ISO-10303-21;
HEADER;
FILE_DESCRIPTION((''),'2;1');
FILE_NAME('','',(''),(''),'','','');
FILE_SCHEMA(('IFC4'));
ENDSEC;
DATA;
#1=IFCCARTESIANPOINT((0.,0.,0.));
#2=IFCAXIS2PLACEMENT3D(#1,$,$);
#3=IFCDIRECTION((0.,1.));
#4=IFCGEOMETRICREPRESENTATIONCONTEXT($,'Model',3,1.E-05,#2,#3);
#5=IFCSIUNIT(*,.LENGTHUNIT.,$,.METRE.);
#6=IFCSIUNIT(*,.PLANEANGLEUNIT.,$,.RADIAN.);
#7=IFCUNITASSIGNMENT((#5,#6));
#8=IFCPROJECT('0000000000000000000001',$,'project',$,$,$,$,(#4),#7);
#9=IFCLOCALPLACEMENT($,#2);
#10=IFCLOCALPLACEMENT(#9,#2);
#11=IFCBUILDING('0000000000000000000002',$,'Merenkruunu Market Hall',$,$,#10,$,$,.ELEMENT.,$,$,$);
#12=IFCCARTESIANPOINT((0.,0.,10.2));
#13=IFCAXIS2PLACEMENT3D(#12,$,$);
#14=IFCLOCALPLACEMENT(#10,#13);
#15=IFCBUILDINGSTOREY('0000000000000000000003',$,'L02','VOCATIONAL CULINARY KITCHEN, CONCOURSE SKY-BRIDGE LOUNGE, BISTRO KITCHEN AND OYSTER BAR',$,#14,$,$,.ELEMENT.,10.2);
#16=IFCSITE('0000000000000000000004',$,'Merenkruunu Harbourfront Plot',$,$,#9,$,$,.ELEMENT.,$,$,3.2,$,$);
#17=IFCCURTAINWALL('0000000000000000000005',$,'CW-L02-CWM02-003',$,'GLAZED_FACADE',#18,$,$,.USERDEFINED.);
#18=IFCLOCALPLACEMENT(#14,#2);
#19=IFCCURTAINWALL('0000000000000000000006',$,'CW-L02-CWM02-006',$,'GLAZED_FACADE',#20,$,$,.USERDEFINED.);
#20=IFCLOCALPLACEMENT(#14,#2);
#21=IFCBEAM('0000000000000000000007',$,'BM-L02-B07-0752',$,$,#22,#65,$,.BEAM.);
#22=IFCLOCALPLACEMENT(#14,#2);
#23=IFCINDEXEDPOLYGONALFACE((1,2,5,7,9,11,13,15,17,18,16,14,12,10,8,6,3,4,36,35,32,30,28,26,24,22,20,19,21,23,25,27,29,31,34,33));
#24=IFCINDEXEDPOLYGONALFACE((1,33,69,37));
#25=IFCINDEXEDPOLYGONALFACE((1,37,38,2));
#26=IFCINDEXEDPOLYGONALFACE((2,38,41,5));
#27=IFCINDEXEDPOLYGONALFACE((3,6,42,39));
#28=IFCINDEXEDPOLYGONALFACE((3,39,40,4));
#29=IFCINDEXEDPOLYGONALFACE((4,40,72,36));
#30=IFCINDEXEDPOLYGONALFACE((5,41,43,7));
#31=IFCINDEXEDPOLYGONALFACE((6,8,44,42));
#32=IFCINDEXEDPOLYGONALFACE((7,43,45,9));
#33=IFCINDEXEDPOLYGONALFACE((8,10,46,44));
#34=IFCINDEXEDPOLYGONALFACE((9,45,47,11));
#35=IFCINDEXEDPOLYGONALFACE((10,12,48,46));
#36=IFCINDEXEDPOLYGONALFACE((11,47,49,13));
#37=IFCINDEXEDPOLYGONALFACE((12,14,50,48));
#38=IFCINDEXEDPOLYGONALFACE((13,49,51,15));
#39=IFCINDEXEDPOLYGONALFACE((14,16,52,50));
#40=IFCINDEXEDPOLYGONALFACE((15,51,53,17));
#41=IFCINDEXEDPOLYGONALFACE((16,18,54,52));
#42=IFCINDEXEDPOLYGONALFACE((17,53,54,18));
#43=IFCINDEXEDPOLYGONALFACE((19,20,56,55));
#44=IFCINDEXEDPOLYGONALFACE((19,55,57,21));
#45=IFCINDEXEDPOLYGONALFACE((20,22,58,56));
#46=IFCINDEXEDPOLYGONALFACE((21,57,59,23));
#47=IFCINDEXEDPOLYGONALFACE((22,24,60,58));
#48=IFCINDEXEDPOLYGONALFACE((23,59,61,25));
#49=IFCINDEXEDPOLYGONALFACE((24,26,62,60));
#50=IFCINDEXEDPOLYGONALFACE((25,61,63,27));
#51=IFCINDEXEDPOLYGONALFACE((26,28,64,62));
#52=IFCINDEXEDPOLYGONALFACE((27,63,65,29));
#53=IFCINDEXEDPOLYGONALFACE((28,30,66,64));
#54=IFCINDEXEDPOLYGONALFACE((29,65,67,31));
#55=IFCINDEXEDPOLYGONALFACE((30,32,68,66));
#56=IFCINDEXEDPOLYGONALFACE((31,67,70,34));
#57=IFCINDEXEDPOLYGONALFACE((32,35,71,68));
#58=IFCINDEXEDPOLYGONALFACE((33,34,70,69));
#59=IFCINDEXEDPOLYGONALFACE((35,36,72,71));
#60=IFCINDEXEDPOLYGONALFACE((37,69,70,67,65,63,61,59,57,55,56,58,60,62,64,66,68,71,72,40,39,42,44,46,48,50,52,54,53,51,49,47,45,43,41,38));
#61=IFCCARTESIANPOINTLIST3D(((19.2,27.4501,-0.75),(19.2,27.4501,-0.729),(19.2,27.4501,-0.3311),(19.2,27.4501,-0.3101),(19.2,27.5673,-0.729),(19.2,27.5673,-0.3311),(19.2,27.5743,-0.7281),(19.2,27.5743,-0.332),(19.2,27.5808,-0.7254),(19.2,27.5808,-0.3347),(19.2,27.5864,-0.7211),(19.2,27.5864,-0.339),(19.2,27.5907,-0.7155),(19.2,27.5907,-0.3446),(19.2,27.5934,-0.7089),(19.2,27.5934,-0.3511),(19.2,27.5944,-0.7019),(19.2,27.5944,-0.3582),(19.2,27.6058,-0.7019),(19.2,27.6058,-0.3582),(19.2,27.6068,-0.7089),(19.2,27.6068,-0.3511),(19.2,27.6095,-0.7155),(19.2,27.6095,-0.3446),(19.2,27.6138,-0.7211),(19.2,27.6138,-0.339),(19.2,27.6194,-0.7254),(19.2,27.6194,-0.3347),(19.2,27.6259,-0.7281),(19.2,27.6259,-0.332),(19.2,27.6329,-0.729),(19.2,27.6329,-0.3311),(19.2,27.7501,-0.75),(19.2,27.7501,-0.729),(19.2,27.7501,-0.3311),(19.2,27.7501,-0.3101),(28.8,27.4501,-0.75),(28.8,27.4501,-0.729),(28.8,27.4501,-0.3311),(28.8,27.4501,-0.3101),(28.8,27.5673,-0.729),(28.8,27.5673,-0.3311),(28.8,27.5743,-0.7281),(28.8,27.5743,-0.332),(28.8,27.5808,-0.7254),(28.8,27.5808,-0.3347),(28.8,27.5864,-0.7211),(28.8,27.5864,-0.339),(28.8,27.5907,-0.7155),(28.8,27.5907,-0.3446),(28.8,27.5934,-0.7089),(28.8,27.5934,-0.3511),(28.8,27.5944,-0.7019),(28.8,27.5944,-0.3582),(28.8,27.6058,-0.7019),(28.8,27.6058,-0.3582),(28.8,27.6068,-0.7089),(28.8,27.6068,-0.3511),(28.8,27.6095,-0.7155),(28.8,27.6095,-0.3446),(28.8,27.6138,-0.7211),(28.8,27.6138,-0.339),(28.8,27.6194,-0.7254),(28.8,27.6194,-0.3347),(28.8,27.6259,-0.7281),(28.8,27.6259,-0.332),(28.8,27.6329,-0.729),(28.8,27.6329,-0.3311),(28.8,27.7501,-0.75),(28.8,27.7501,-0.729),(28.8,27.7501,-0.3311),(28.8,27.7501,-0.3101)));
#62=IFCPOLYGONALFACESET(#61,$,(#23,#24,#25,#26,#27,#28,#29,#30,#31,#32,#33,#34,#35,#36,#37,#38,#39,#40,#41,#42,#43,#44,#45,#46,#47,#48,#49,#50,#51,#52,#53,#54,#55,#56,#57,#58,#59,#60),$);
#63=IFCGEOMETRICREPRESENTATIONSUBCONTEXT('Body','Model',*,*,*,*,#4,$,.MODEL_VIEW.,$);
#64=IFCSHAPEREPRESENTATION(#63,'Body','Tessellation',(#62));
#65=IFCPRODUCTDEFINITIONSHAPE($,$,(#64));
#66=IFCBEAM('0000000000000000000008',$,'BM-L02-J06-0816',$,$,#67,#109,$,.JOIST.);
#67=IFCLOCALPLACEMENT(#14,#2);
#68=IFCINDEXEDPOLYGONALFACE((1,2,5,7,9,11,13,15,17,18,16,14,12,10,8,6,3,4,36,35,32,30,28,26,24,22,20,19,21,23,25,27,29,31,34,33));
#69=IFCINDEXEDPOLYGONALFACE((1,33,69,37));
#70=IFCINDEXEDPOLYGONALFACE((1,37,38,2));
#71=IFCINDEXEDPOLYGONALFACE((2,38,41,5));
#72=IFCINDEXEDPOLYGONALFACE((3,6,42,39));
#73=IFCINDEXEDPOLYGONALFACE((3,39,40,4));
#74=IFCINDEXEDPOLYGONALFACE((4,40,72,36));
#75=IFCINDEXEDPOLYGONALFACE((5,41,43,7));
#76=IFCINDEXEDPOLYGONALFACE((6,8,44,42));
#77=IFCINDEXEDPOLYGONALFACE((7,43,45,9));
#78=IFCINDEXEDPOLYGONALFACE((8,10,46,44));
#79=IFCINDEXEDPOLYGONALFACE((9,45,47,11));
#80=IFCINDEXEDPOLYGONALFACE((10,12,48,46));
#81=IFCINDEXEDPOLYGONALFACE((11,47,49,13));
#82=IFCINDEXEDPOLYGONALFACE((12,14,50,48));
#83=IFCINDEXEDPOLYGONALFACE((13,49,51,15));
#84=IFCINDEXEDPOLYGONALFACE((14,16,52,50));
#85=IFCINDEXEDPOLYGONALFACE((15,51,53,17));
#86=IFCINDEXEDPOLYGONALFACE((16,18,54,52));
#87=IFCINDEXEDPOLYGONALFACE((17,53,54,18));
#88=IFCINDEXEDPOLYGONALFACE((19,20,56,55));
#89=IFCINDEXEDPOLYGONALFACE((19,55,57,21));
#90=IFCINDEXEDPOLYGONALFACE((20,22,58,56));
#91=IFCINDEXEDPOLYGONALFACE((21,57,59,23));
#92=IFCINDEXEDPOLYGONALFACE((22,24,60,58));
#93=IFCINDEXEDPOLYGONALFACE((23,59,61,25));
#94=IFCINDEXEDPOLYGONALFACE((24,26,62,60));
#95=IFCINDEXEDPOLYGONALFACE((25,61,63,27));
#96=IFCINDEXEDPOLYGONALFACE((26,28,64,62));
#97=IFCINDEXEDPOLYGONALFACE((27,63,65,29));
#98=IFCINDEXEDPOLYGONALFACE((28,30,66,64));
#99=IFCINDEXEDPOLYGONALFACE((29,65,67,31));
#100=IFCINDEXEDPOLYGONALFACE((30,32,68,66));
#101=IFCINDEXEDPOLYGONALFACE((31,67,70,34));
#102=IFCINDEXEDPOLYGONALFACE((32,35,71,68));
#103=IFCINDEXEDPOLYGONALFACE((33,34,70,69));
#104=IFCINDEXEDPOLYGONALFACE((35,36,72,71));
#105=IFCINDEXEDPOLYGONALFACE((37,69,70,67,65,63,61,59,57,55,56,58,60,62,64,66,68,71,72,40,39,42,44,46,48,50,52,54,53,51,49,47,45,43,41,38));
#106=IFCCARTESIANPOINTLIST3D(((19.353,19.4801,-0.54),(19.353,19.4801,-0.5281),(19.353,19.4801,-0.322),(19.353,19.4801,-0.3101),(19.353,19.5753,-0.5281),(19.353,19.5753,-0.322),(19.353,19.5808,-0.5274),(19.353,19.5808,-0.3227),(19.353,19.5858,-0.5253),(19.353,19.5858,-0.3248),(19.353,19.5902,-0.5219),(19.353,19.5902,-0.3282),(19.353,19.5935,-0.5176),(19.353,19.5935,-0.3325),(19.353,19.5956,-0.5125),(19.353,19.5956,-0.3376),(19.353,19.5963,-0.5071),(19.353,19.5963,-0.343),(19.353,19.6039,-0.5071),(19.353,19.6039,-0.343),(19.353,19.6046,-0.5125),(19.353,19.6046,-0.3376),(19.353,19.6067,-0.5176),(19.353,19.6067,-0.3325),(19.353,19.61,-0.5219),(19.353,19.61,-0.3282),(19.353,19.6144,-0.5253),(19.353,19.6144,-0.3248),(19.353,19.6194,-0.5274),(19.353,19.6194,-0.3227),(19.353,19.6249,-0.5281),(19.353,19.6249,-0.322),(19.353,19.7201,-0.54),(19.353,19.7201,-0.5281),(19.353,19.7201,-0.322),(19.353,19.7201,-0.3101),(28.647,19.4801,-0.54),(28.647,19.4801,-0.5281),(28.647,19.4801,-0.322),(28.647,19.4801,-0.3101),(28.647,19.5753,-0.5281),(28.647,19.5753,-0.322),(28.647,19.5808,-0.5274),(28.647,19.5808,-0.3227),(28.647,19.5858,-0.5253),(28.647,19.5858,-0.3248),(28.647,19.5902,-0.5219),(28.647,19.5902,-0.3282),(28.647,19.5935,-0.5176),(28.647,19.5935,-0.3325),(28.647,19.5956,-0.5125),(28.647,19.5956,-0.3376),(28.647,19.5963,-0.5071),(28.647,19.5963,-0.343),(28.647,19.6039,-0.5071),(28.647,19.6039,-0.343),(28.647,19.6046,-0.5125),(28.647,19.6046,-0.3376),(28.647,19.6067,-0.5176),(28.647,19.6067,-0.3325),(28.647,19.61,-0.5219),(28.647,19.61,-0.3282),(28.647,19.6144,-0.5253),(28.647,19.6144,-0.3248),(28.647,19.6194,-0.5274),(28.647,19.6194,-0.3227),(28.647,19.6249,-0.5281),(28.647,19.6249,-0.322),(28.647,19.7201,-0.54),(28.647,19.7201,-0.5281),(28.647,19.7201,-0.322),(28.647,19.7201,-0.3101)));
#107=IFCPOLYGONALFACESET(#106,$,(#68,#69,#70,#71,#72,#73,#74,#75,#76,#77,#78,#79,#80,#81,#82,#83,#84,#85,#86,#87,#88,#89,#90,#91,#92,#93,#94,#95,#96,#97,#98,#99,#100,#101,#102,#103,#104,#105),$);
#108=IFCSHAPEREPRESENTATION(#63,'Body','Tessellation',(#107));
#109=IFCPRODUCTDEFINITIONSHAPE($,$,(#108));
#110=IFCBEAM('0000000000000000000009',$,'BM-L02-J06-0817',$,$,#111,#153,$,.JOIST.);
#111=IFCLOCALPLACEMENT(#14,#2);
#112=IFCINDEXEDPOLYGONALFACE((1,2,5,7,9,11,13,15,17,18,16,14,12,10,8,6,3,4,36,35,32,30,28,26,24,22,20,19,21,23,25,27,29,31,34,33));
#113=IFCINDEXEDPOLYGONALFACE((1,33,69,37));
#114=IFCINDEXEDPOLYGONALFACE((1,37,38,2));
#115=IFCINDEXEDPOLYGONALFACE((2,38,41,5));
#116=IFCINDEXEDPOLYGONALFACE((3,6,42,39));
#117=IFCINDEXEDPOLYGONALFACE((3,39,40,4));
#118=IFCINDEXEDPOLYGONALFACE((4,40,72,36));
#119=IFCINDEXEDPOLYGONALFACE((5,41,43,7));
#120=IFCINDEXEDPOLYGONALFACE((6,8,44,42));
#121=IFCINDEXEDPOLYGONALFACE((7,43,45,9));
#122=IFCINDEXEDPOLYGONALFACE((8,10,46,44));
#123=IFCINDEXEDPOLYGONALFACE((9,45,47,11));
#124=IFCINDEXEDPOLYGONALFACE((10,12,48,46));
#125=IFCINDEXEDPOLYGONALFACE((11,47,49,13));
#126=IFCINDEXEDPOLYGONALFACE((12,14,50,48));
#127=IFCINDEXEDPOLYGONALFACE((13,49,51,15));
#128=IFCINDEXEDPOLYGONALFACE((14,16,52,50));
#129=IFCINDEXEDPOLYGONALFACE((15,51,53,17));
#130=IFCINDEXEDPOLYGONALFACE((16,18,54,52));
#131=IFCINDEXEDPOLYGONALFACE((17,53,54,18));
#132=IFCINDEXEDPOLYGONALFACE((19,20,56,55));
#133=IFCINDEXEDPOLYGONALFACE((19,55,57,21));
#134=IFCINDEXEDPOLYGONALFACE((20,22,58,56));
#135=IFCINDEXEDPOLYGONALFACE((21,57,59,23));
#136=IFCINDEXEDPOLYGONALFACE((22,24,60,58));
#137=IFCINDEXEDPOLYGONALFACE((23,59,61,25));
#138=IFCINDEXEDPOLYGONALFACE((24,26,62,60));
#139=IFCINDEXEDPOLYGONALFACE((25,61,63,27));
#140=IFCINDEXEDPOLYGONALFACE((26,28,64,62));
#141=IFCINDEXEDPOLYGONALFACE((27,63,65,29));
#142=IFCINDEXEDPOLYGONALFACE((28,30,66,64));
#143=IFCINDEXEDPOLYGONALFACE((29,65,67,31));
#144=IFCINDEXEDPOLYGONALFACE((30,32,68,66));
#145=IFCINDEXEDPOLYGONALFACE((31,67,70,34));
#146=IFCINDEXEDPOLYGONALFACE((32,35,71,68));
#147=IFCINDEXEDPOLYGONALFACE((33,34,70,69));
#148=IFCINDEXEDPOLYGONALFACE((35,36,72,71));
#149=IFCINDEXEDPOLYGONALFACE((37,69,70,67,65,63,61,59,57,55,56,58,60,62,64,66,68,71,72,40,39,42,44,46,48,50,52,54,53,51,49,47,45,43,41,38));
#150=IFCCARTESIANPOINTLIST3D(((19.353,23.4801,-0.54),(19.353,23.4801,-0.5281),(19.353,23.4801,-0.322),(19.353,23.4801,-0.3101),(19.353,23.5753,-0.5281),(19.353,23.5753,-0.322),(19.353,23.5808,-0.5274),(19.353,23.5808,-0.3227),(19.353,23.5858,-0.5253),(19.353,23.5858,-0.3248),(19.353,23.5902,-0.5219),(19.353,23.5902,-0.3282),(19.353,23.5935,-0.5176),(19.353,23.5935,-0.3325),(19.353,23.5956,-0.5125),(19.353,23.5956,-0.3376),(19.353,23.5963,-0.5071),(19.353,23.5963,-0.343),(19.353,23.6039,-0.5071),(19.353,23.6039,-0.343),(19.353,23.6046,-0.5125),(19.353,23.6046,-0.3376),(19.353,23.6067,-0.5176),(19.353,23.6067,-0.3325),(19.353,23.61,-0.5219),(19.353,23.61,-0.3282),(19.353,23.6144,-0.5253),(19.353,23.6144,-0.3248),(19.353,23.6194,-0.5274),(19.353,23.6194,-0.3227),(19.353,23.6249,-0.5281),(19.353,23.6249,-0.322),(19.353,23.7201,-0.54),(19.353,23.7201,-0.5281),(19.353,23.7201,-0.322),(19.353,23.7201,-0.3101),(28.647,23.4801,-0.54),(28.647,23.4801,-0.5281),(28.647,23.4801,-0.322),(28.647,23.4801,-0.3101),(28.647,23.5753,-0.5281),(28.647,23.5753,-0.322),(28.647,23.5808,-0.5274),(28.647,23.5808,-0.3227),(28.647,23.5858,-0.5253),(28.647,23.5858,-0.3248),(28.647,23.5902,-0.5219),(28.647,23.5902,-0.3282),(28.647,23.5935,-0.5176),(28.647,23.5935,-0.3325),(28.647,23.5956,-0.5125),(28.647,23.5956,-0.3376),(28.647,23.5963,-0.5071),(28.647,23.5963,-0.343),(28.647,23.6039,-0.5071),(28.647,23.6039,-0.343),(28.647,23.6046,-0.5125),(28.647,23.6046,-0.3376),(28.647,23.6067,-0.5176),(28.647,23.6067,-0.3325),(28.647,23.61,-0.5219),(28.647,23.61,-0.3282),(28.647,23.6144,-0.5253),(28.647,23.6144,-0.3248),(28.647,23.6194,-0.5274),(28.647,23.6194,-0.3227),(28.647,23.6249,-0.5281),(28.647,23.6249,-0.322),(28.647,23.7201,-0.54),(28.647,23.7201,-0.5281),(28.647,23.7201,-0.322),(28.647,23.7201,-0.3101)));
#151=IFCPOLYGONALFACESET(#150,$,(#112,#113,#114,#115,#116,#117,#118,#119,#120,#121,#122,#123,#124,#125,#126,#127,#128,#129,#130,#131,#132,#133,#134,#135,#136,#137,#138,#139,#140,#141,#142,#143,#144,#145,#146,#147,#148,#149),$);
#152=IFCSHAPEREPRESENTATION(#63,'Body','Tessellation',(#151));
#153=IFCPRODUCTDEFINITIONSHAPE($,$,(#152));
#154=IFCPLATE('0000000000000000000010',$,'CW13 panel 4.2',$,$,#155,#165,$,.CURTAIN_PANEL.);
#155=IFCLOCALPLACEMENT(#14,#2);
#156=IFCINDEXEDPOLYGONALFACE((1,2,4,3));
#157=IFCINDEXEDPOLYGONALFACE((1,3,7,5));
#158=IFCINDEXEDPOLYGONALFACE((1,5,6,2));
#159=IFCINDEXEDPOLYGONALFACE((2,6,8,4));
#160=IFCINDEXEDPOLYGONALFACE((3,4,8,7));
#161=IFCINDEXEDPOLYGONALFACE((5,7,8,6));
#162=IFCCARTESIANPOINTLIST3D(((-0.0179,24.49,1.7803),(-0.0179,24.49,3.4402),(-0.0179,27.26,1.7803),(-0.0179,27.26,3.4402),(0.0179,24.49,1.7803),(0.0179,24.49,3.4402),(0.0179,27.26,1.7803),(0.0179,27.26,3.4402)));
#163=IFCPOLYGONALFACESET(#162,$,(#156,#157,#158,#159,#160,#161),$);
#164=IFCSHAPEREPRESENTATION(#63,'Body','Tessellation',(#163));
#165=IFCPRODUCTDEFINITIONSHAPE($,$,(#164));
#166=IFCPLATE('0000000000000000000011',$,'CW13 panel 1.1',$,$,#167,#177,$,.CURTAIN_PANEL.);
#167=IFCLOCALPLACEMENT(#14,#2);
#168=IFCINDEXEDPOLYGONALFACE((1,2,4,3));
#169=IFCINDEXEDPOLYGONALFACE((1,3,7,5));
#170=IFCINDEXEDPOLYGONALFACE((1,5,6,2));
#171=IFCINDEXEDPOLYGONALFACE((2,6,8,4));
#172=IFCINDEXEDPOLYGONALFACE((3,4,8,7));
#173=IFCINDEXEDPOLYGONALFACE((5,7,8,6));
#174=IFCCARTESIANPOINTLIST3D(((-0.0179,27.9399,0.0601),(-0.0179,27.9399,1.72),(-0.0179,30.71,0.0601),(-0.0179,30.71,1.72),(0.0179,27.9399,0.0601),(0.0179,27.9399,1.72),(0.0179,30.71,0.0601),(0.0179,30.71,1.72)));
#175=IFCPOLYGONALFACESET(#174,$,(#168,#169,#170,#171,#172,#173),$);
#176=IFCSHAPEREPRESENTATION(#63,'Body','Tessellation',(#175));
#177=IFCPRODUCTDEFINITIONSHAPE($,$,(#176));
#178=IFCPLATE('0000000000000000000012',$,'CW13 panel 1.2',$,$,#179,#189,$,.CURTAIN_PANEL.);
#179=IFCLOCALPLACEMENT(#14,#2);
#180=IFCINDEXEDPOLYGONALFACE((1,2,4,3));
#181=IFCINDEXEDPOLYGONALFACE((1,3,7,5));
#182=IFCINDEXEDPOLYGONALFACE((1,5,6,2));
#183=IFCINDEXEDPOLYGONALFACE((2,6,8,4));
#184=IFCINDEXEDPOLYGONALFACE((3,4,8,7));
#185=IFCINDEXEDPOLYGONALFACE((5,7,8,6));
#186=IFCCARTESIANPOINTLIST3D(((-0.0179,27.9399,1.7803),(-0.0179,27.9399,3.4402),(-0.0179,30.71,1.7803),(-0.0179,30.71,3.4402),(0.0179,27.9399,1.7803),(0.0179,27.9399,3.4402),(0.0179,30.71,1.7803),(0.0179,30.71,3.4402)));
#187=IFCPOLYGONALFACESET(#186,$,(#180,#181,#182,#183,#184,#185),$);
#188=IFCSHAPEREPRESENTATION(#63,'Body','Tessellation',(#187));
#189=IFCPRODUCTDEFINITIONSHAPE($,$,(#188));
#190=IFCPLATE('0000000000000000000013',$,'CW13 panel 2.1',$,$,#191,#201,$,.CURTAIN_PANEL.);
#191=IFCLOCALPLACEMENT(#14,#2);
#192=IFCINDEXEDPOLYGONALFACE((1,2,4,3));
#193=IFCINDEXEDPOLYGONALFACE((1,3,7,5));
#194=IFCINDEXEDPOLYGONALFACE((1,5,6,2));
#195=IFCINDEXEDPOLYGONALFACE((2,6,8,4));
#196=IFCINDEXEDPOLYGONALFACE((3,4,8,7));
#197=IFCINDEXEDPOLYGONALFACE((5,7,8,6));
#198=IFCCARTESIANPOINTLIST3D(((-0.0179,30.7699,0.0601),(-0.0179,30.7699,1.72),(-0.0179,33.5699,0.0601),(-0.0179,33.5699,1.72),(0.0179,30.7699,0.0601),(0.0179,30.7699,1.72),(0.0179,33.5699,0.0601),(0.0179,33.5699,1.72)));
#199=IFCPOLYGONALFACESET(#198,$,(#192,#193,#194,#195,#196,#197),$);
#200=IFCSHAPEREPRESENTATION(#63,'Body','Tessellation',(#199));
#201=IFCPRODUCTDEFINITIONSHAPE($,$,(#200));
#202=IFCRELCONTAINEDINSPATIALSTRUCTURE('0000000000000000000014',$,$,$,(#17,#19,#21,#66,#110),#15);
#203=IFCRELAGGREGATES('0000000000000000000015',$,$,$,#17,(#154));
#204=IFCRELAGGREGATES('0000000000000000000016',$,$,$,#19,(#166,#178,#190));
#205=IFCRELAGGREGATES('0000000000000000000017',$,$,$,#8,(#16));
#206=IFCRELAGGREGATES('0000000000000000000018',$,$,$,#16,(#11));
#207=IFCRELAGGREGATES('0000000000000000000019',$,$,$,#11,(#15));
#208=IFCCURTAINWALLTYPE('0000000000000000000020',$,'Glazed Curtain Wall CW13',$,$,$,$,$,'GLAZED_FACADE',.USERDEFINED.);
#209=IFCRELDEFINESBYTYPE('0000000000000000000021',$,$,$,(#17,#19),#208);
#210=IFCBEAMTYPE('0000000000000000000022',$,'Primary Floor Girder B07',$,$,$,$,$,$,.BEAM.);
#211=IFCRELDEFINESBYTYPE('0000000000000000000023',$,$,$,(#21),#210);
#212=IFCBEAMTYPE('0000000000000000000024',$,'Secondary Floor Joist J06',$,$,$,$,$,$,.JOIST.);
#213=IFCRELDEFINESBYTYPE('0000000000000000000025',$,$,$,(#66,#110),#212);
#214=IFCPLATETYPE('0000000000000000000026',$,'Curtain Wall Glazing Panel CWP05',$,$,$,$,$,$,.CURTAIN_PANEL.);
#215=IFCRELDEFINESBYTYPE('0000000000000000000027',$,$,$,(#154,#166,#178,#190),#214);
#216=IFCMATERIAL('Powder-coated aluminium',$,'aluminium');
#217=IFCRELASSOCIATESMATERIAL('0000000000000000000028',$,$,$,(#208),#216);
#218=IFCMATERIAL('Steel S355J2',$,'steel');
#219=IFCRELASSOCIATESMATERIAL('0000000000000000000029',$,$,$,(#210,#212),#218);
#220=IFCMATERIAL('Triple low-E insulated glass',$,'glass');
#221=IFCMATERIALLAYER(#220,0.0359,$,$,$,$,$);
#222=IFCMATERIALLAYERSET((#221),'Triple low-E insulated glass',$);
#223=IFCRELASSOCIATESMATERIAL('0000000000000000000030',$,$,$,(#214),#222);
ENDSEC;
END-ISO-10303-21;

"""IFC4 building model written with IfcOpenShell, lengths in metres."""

from ifc_helpers import new_model, si_unit, direction, frame, origin, origin_2d, place, context, subcontext, project, spatial, rectangle, i_section, extrude, material, layer, layer_set, material_profile, profile_set, type_object, element, aggregate, save


model = new_model("IFC4")

# Units and contexts
model_context = context("Model", 3, precision=1e-05, world=origin(), true_north=direction((0.0, 1.0)))
body_context = subcontext(model_context, "Body", "Model", "MODEL_VIEW")
ifc_project = project(units=[si_unit("LENGTHUNIT", "METRE"), si_unit("PLANEANGLEUNIT", "RADIAN")], contexts=[model_context])

# Site, building, storey
site_placement = place(None, origin())
site = spatial("IfcSite", under=ifc_project, at=site_placement, Name="Merenkruunu Harbourfront Plot", CompositionType="ELEMENT", RefElevation=3.2)
building_placement = place(site_placement, origin())
building = spatial("IfcBuilding", under=site, at=building_placement, Name="Merenkruunu Market Hall", CompositionType="ELEMENT")
storey_placement = place(building_placement, frame((0.0, 0.0, 10.2)))
storey = spatial("IfcBuildingStorey", under=building, at=storey_placement, Name="L02", Description="VOCATIONAL CULINARY KITCHEN, CONCOURSE SKY-BRIDGE LOUNGE, BISTRO KITCHEN AND OYSTER BAR", CompositionType="ELEMENT", Elevation=10.2)

# Curtain wall
ifc_material_1 = material(Name="Powder-coated aluminium", Category="aluminium")
curtain_wall_type_1 = type_object("IfcCurtainWallType", Name="Glazed Curtain Wall CW13", ElementType="GLAZED_FACADE", PredefinedType="USERDEFINED", material=ifc_material_1)
curtain_wall_1_placement = place(storey_placement, origin())
curtain_wall_1 = element("IfcCurtainWall", 1, at=curtain_wall_1_placement, inside=storey, type_object=curtain_wall_type_1, Name="CW-L02-CWM02-003", ObjectType="GLAZED_FACADE", PredefinedType="USERDEFINED")

# Curtain wall
curtain_wall_2_placement = place(storey_placement, origin())
curtain_wall_2 = element("IfcCurtainWall", 2, at=curtain_wall_2_placement, inside=storey, type_object=curtain_wall_type_1, Name="CW-L02-CWM02-006", ObjectType="GLAZED_FACADE", PredefinedType="USERDEFINED")

# Beams
ifc_material_2 = material(Name="Steel S355J2", Category="steel")
ifc_material_profile_1 = material_profile(ifc_material_2, i_section(OverallWidth=0.3, OverallDepth=0.4399, WebThickness=0.0115, FlangeThickness=0.021, FilletRadius=0.0271, at=origin_2d()), Name="HEA 450")
ifc_profile_set_1 = profile_set([ifc_material_profile_1], Name="Steel S355J2")
beam_type_1 = type_object("IfcBeamType", Name="Primary Floor Girder B07", PredefinedType="BEAM", material=ifc_profile_set_1)
beam_1_placement = place(storey_placement, frame((19.2, 27.6001, -0.53), z_axis=(1.0, 0.0, 0.0), x_axis=(0.0, 1.0, 0.0)))
element("IfcBeam", 3, at=beam_1_placement, inside=storey, type_object=beam_type_1, Name="BM-L02-B07-0752", PredefinedType="BEAM", context=body_context, shape_type="SweptSolid", body=[
    extrude(i_section(OverallWidth=0.3, OverallDepth=0.4399, WebThickness=0.0115, FlangeThickness=0.021, FilletRadius=0.0271, at=origin_2d()), origin(), (0.0, 0.0, 1.0), 9.6001),
])
ifc_material_profile_2 = material_profile(ifc_material_2, i_section(OverallWidth=0.24, OverallDepth=0.23, WebThickness=0.0076, FlangeThickness=0.012, FilletRadius=0.021, at=origin_2d()), Name="HEA 240")
ifc_profile_set_2 = profile_set([ifc_material_profile_2], Name="Steel S355J2")
beam_type_2 = type_object("IfcBeamType", Name="Secondary Floor Joist J06", PredefinedType="JOIST", material=ifc_profile_set_2)
for number, where, z_axis, x_axis, name in (
    (4, (19.353, 19.6001, -0.425), (1.0, 0.0, 0.0), (0.0, 1.0, 0.0), "BM-L02-J06-0816"),
    (5, (19.353, 23.6001, -0.425), (1.0, 0.0, 0.0), (0.0, 1.0, 0.0), "BM-L02-J06-0817"),
):
    element("IfcBeam", number, at=place(storey_placement, frame(where, z_axis=z_axis, x_axis=x_axis)), inside=storey, type_object=beam_type_2, Name=name, PredefinedType="JOIST", context=body_context, shape_type="SweptSolid", body=[
        extrude(i_section(OverallWidth=0.24, OverallDepth=0.23, WebThickness=0.0076, FlangeThickness=0.012, FilletRadius=0.021, at=origin_2d()), origin(), (0.0, 0.0, 1.0), 9.2939),
    ])

# Plates
ifc_material_3 = material(Name="Triple low-E insulated glass", Category="glass")
ifc_layer_1 = layer(ifc_material_3, 0.0359)
ifc_layer_set_1 = layer_set([ifc_layer_1], Name="Triple low-E insulated glass")
plate_type_1 = type_object("IfcPlateType", Name="Curtain Wall Glazing Panel CWP05", PredefinedType="CURTAIN_PANEL", material=ifc_layer_set_1)
plate_1_placement = place(storey_placement, frame((0.0, 25.875, 1.7803), z_axis=(0.0, 0.0, 1.0), x_axis=(0.0, 1.0, 0.0)))
plate_1 = element("IfcPlate", 6, at=plate_1_placement, type_object=plate_type_1, Name="CW13 panel 4.2", PredefinedType="CURTAIN_PANEL", context=body_context, shape_type="SweptSolid", body=[
    extrude(rectangle(XDim=2.77, YDim=0.0359, at=origin_2d()), origin(), (0.0, 0.0, 1.0), 1.6599),
])
aggregate(curtain_wall_1, [plate_1])
plate_2_placement = place(storey_placement, frame((0.0, 29.325, 0.0601), z_axis=(0.0, 0.0, 1.0), x_axis=(0.0, 1.0, 0.0)))
plate_2 = element("IfcPlate", 7, at=plate_2_placement, type_object=plate_type_1, Name="CW13 panel 1.1", PredefinedType="CURTAIN_PANEL", context=body_context, shape_type="SweptSolid", body=[
    extrude(rectangle(XDim=2.77, YDim=0.0359, at=origin_2d()), origin(), (0.0, 0.0, 1.0), 1.6599),
])
plate_3_placement = place(storey_placement, frame((0.0, 29.325, 1.7803), z_axis=(0.0, 0.0, 1.0), x_axis=(0.0, 1.0, 0.0)))
plate_3 = element("IfcPlate", 8, at=plate_3_placement, type_object=plate_type_1, Name="CW13 panel 1.2", PredefinedType="CURTAIN_PANEL", context=body_context, shape_type="SweptSolid", body=[
    extrude(rectangle(XDim=2.77, YDim=0.0359, at=origin_2d()), origin(), (0.0, 0.0, 1.0), 1.6599),
])
plate_4_placement = place(storey_placement, frame((0.0, 32.1699, 0.0601), z_axis=(0.0, 0.0, 1.0), x_axis=(0.0, 1.0, 0.0)))
plate_4 = element("IfcPlate", 9, at=plate_4_placement, type_object=plate_type_1, Name="CW13 panel 2.1", PredefinedType="CURTAIN_PANEL", context=body_context, shape_type="SweptSolid", body=[
    extrude(rectangle(XDim=2.8, YDim=0.0359, at=origin_2d()), origin(), (0.0, 0.0, 1.0), 1.6599),
])
aggregate(curtain_wall_2, [plate_2, plate_3, plate_4])

save(model, "model.ifc")
